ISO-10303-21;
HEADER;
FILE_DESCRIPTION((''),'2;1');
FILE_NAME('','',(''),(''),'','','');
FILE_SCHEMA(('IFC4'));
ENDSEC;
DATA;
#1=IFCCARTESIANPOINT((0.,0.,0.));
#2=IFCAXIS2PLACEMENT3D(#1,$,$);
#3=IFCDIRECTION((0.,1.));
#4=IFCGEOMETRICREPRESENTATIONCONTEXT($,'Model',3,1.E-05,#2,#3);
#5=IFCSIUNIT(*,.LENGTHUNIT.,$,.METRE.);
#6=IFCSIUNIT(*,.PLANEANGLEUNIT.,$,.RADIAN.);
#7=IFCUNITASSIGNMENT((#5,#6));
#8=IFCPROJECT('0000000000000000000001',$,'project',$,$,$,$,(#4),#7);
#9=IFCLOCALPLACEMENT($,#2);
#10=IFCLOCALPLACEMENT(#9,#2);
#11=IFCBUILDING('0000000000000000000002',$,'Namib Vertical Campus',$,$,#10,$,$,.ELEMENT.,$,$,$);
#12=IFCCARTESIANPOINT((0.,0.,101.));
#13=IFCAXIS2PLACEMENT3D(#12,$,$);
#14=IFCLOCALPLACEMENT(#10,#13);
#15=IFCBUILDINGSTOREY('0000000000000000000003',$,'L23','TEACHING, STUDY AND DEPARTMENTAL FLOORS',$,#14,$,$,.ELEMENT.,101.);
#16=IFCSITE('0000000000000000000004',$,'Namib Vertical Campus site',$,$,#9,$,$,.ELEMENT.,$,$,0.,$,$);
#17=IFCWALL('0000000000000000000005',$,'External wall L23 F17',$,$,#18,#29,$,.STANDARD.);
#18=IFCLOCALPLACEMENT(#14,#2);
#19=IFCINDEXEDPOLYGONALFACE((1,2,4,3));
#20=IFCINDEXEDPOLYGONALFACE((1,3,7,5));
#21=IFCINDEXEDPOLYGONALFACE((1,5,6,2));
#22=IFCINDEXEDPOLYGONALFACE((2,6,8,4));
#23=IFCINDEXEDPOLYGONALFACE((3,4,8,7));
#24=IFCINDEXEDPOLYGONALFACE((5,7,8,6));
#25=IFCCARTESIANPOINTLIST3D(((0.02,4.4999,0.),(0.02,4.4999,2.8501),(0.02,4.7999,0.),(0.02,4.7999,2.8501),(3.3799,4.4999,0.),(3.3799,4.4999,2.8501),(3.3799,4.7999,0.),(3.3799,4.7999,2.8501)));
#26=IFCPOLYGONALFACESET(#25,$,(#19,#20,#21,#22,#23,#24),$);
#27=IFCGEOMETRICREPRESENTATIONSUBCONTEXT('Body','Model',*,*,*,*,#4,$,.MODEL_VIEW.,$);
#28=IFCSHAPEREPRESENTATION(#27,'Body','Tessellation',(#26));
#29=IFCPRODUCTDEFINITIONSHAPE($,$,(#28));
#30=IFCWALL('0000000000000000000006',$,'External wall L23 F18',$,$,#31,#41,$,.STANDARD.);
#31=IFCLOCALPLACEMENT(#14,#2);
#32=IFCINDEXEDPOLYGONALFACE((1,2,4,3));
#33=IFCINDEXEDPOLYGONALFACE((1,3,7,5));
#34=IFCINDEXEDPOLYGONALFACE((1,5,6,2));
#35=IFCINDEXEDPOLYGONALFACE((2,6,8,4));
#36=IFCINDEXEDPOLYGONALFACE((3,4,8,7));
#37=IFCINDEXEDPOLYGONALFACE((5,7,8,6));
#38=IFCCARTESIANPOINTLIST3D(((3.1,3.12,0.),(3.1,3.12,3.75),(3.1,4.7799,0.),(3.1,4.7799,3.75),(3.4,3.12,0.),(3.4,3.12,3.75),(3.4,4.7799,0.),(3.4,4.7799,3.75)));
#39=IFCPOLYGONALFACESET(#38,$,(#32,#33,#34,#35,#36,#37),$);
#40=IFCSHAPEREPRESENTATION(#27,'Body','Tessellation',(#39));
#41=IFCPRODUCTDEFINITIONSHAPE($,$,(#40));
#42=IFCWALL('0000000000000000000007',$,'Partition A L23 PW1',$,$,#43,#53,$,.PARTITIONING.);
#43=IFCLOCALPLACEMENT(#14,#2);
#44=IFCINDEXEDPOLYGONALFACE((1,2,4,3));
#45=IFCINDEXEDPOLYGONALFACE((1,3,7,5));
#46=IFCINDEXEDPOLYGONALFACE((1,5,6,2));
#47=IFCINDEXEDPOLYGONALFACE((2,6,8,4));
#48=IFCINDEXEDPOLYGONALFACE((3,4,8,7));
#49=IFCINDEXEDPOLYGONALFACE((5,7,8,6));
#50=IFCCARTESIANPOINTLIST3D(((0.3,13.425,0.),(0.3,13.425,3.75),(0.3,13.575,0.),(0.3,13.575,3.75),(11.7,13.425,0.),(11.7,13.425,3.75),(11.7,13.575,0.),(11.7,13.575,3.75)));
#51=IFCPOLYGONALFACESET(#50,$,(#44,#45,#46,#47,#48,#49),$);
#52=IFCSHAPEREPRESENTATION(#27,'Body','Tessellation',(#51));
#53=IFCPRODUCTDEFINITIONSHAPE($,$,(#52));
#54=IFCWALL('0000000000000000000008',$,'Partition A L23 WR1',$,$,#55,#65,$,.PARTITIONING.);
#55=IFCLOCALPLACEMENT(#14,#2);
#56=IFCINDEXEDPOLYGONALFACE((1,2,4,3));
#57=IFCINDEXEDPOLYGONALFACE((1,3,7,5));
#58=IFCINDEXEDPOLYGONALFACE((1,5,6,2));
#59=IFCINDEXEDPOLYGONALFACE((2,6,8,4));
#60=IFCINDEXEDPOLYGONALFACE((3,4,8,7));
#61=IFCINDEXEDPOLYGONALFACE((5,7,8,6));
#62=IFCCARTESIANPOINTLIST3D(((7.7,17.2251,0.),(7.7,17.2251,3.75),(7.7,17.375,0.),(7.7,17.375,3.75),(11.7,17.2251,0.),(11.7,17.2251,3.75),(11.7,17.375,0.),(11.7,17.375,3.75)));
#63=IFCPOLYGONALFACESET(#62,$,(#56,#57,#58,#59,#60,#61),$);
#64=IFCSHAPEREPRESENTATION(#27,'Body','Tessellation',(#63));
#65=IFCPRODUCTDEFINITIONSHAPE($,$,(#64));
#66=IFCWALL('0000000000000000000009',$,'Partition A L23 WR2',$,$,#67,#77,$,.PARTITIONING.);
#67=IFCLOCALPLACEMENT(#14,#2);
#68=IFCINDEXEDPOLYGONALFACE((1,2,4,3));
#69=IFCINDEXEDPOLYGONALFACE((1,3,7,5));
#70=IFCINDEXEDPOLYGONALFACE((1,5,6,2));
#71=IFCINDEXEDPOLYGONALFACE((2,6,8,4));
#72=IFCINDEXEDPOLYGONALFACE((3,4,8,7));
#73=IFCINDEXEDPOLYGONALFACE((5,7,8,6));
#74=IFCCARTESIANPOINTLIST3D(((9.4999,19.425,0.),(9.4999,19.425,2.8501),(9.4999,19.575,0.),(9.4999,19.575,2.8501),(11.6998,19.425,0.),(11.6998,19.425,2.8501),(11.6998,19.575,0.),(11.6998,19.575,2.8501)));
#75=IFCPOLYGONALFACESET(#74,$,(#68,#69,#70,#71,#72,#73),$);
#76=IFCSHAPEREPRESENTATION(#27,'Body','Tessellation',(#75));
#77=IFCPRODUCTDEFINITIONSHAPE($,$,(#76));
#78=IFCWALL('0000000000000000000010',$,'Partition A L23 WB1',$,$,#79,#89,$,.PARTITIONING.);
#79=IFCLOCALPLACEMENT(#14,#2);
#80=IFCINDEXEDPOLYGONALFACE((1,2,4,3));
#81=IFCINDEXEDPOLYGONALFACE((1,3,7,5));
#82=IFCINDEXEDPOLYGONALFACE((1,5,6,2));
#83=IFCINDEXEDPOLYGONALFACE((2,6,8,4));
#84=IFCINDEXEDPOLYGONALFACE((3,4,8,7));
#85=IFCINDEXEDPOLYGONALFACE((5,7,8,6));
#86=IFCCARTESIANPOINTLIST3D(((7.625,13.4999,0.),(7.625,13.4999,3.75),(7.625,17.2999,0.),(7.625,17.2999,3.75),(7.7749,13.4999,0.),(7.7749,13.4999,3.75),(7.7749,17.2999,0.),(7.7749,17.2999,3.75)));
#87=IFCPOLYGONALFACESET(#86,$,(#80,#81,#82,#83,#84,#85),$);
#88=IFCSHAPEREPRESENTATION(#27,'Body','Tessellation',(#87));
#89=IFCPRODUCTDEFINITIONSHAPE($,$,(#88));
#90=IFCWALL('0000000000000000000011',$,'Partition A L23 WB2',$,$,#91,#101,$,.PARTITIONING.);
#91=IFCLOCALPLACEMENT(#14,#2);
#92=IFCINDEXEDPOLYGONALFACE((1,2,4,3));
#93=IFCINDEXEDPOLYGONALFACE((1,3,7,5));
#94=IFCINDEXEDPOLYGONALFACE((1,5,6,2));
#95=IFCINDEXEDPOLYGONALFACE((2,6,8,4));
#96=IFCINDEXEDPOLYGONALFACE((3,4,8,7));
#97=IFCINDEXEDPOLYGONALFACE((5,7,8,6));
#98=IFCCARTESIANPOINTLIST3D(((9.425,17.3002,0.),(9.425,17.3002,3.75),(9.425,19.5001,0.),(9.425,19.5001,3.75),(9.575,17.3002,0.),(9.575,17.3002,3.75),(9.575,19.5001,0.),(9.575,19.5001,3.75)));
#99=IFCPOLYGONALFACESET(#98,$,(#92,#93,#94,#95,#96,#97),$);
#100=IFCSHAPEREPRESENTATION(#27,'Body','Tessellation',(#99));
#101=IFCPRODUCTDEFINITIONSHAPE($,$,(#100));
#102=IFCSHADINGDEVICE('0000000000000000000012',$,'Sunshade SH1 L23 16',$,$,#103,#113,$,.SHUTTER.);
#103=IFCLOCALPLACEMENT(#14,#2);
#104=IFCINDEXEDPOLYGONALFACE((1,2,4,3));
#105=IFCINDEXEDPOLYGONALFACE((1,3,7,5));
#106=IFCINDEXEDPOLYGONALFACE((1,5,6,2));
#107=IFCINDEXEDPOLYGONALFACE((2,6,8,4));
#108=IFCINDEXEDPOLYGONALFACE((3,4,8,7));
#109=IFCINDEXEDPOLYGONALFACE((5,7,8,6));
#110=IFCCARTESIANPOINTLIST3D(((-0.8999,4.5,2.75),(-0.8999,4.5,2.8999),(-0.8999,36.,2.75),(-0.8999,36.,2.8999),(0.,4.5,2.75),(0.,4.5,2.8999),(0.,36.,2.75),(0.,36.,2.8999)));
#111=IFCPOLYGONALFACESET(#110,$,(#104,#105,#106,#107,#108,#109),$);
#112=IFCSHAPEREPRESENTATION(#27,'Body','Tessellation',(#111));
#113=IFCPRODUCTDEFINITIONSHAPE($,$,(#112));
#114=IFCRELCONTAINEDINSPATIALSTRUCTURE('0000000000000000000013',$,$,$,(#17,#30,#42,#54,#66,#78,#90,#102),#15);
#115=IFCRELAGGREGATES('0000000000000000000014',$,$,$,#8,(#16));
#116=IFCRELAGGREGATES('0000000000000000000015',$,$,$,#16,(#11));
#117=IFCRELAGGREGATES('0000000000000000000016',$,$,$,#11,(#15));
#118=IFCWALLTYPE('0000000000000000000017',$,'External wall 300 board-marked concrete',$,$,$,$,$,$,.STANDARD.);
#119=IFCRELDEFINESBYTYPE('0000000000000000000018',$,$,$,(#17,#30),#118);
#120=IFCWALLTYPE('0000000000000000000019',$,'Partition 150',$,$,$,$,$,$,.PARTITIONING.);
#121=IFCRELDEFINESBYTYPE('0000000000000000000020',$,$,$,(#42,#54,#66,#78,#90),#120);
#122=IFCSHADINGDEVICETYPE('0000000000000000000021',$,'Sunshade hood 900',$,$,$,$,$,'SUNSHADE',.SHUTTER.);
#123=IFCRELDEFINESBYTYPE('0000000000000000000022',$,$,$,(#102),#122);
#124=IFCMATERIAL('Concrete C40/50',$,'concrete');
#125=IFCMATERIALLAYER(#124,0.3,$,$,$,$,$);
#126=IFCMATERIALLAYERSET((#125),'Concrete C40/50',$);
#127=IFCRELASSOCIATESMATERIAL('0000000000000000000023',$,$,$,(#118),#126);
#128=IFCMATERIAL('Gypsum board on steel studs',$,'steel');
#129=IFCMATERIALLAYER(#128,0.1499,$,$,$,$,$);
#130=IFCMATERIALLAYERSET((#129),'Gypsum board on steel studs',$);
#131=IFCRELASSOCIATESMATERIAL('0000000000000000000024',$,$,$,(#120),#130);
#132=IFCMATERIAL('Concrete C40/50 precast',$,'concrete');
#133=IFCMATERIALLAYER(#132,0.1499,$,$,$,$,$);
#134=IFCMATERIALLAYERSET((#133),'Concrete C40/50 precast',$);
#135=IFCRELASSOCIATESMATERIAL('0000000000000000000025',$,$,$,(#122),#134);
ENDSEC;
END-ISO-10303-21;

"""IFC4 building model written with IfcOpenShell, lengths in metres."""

from ifc_helpers import new_model, si_unit, direction, frame, frame_2d, origin, origin_2d, place, context, subcontext, project, spatial, rectangle, extrude, material, layer, layer_set, type_object, element, save


model = new_model("IFC4")

# Units and contexts
model_context = context("Model", 3, precision=1e-05, world=origin(), true_north=direction((0.0, 1.0)))
body_context = subcontext(model_context, "Body", "Model", "MODEL_VIEW")
ifc_project = project(units=[si_unit("LENGTHUNIT", "METRE"), si_unit("PLANEANGLEUNIT", "RADIAN")], contexts=[model_context])

# Site, building, storey
site_placement = place(None, origin())
site = spatial("IfcSite", under=ifc_project, at=site_placement, Name="Namib Vertical Campus site", CompositionType="ELEMENT", RefElevation=0.0)
building_placement = place(site_placement, origin())
building = spatial("IfcBuilding", under=site, at=building_placement, Name="Namib Vertical Campus", CompositionType="ELEMENT")
storey_placement = place(building_placement, frame((0.0, 0.0, 101.0)))
storey = spatial("IfcBuildingStorey", under=building, at=storey_placement, Name="L23", Description="TEACHING, STUDY AND DEPARTMENTAL FLOORS", CompositionType="ELEMENT", Elevation=101.0)

# Walls
ifc_material_1 = material(Name="Concrete C40/50", Category="concrete")
ifc_layer_1 = layer(ifc_material_1, 0.3)
ifc_layer_set_1 = layer_set([ifc_layer_1], Name="Concrete C40/50")
wall_type_1 = type_object("IfcWallType", Name="External wall 300 board-marked concrete", PredefinedType="STANDARD", material=ifc_layer_set_1)
wall_1_placement = place(storey_placement, frame((0.02, 4.6499, 0.0), z_axis=(0.0, 0.0, 1.0), x_axis=(1.0, 0.0, 0.0)))
element("IfcWall", 1, at=wall_1_placement, inside=storey, type_object=wall_type_1, Name="External wall L23 F17", PredefinedType="STANDARD", context=body_context, shape_type="SweptSolid", body=[
    extrude(rectangle(XDim=3.3599, YDim=0.3, at=frame_2d((1.6799, 0.0))), origin(), (0.0, 0.0, 1.0), 2.8501),
])
wall_2_placement = place(storey_placement, frame((3.25, 4.78, 0.0), z_axis=(0.0, 0.0, 1.0), x_axis=(0.0, -1.0, 0.0)))
element("IfcWall", 2, at=wall_2_placement, inside=storey, type_object=wall_type_1, Name="External wall L23 F18", PredefinedType="STANDARD", context=body_context, shape_type="SweptSolid", body=[
    extrude(rectangle(XDim=1.6599, YDim=0.3, at=frame_2d((0.8301, 0.0))), origin(), (0.0, 0.0, 1.0), 3.75),
])
ifc_material_2 = material(Name="Gypsum board on steel studs", Category="steel")
ifc_layer_2 = layer(ifc_material_2, 0.1499)
ifc_layer_set_2 = layer_set([ifc_layer_2], Name="Gypsum board on steel studs")
wall_type_2 = type_object("IfcWallType", Name="Partition 150", PredefinedType="PARTITIONING", material=ifc_layer_set_2)
wall_3_placement = place(storey_placement, frame((0.3, 13.5, 0.0), z_axis=(0.0, 0.0, 1.0), x_axis=(1.0, 0.0, 0.0)))
element("IfcWall", 3, at=wall_3_placement, inside=storey, type_object=wall_type_2, Name="Partition A L23 PW1", PredefinedType="PARTITIONING", context=body_context, shape_type="SweptSolid", body=[
    extrude(rectangle(XDim=11.3999, YDim=0.1499, at=frame_2d((5.7, 0.0))), origin(), (0.0, 0.0, 1.0), 3.75),
])
wall_4_placement = place(storey_placement, frame((11.7, 17.3, 0.0), z_axis=(0.0, 0.0, 1.0), x_axis=(-1.0, 0.0, 0.0)))
element("IfcWall", 4, at=wall_4_placement, inside=storey, type_object=wall_type_2, Name="Partition A L23 WR1", PredefinedType="PARTITIONING", context=body_context, shape_type="SweptSolid", body=[
    extrude(rectangle(XDim=4.0, YDim=0.1499, at=frame_2d((2.0, 0.0))), origin(), (0.0, 0.0, 1.0), 3.75),
])
wall_5_placement = place(storey_placement, frame((11.7, 19.5, 0.0), z_axis=(0.0, 0.0, 1.0), x_axis=(-1.0, 0.0, 0.0)))
element("IfcWall", 5, at=wall_5_placement, inside=storey, type_object=wall_type_2, Name="Partition A L23 WR2", PredefinedType="PARTITIONING", context=body_context, shape_type="SweptSolid", body=[
    extrude(rectangle(XDim=2.2, YDim=0.1499, at=frame_2d((1.1001, 0.0))), origin(), (0.0, 0.0, 1.0), 2.8501),
])
wall_6_placement = place(storey_placement, frame((7.7, 13.5, 0.0), z_axis=(0.0, 0.0, 1.0), x_axis=(0.0, 1.0, 0.0)))
element("IfcWall", 6, at=wall_6_placement, inside=storey, type_object=wall_type_2, Name="Partition A L23 WB1", PredefinedType="PARTITIONING", context=body_context, shape_type="SweptSolid", body=[
    extrude(rectangle(XDim=3.8, YDim=0.1499, at=frame_2d((1.8999, 0.0))), origin(), (0.0, 0.0, 1.0), 3.75),
])
wall_7_placement = place(storey_placement, frame((9.5, 17.3, 0.0), z_axis=(0.0, 0.0, 1.0), x_axis=(0.0, 1.0, 0.0)))
element("IfcWall", 7, at=wall_7_placement, inside=storey, type_object=wall_type_2, Name="Partition A L23 WB2", PredefinedType="PARTITIONING", context=body_context, shape_type="SweptSolid", body=[
    extrude(rectangle(XDim=2.2, YDim=0.1499, at=frame_2d((1.1001, 0.0))), origin(), (0.0, 0.0, 1.0), 3.75),
])

# Shading device
ifc_material_3 = material(Name="Concrete C40/50 precast", Category="concrete")
ifc_layer_3 = layer(ifc_material_3, 0.1499)
ifc_layer_set_3 = layer_set([ifc_layer_3], Name="Concrete C40/50 precast")
shading_device_type = type_object("IfcShadingDeviceType", Name="Sunshade hood 900", ElementType="SUNSHADE", PredefinedType="SHUTTER", material=ifc_layer_set_3)
shading_device_placement = place(storey_placement, frame((-0.45, 20.25, 2.75), z_axis=(0.0, 0.0, 1.0), x_axis=(0.0, -1.0, 0.0)))
element("IfcShadingDevice", 8, at=shading_device_placement, inside=storey, type_object=shading_device_type, Name="Sunshade SH1 L23 16", PredefinedType="SHUTTER", context=body_context, shape_type="SweptSolid", body=[
    extrude(rectangle(XDim=31.5, YDim=0.8999, at=origin_2d()), origin(), (0.0, 0.0, 1.0), 0.1499),
])

save(model, "model.ifc")
